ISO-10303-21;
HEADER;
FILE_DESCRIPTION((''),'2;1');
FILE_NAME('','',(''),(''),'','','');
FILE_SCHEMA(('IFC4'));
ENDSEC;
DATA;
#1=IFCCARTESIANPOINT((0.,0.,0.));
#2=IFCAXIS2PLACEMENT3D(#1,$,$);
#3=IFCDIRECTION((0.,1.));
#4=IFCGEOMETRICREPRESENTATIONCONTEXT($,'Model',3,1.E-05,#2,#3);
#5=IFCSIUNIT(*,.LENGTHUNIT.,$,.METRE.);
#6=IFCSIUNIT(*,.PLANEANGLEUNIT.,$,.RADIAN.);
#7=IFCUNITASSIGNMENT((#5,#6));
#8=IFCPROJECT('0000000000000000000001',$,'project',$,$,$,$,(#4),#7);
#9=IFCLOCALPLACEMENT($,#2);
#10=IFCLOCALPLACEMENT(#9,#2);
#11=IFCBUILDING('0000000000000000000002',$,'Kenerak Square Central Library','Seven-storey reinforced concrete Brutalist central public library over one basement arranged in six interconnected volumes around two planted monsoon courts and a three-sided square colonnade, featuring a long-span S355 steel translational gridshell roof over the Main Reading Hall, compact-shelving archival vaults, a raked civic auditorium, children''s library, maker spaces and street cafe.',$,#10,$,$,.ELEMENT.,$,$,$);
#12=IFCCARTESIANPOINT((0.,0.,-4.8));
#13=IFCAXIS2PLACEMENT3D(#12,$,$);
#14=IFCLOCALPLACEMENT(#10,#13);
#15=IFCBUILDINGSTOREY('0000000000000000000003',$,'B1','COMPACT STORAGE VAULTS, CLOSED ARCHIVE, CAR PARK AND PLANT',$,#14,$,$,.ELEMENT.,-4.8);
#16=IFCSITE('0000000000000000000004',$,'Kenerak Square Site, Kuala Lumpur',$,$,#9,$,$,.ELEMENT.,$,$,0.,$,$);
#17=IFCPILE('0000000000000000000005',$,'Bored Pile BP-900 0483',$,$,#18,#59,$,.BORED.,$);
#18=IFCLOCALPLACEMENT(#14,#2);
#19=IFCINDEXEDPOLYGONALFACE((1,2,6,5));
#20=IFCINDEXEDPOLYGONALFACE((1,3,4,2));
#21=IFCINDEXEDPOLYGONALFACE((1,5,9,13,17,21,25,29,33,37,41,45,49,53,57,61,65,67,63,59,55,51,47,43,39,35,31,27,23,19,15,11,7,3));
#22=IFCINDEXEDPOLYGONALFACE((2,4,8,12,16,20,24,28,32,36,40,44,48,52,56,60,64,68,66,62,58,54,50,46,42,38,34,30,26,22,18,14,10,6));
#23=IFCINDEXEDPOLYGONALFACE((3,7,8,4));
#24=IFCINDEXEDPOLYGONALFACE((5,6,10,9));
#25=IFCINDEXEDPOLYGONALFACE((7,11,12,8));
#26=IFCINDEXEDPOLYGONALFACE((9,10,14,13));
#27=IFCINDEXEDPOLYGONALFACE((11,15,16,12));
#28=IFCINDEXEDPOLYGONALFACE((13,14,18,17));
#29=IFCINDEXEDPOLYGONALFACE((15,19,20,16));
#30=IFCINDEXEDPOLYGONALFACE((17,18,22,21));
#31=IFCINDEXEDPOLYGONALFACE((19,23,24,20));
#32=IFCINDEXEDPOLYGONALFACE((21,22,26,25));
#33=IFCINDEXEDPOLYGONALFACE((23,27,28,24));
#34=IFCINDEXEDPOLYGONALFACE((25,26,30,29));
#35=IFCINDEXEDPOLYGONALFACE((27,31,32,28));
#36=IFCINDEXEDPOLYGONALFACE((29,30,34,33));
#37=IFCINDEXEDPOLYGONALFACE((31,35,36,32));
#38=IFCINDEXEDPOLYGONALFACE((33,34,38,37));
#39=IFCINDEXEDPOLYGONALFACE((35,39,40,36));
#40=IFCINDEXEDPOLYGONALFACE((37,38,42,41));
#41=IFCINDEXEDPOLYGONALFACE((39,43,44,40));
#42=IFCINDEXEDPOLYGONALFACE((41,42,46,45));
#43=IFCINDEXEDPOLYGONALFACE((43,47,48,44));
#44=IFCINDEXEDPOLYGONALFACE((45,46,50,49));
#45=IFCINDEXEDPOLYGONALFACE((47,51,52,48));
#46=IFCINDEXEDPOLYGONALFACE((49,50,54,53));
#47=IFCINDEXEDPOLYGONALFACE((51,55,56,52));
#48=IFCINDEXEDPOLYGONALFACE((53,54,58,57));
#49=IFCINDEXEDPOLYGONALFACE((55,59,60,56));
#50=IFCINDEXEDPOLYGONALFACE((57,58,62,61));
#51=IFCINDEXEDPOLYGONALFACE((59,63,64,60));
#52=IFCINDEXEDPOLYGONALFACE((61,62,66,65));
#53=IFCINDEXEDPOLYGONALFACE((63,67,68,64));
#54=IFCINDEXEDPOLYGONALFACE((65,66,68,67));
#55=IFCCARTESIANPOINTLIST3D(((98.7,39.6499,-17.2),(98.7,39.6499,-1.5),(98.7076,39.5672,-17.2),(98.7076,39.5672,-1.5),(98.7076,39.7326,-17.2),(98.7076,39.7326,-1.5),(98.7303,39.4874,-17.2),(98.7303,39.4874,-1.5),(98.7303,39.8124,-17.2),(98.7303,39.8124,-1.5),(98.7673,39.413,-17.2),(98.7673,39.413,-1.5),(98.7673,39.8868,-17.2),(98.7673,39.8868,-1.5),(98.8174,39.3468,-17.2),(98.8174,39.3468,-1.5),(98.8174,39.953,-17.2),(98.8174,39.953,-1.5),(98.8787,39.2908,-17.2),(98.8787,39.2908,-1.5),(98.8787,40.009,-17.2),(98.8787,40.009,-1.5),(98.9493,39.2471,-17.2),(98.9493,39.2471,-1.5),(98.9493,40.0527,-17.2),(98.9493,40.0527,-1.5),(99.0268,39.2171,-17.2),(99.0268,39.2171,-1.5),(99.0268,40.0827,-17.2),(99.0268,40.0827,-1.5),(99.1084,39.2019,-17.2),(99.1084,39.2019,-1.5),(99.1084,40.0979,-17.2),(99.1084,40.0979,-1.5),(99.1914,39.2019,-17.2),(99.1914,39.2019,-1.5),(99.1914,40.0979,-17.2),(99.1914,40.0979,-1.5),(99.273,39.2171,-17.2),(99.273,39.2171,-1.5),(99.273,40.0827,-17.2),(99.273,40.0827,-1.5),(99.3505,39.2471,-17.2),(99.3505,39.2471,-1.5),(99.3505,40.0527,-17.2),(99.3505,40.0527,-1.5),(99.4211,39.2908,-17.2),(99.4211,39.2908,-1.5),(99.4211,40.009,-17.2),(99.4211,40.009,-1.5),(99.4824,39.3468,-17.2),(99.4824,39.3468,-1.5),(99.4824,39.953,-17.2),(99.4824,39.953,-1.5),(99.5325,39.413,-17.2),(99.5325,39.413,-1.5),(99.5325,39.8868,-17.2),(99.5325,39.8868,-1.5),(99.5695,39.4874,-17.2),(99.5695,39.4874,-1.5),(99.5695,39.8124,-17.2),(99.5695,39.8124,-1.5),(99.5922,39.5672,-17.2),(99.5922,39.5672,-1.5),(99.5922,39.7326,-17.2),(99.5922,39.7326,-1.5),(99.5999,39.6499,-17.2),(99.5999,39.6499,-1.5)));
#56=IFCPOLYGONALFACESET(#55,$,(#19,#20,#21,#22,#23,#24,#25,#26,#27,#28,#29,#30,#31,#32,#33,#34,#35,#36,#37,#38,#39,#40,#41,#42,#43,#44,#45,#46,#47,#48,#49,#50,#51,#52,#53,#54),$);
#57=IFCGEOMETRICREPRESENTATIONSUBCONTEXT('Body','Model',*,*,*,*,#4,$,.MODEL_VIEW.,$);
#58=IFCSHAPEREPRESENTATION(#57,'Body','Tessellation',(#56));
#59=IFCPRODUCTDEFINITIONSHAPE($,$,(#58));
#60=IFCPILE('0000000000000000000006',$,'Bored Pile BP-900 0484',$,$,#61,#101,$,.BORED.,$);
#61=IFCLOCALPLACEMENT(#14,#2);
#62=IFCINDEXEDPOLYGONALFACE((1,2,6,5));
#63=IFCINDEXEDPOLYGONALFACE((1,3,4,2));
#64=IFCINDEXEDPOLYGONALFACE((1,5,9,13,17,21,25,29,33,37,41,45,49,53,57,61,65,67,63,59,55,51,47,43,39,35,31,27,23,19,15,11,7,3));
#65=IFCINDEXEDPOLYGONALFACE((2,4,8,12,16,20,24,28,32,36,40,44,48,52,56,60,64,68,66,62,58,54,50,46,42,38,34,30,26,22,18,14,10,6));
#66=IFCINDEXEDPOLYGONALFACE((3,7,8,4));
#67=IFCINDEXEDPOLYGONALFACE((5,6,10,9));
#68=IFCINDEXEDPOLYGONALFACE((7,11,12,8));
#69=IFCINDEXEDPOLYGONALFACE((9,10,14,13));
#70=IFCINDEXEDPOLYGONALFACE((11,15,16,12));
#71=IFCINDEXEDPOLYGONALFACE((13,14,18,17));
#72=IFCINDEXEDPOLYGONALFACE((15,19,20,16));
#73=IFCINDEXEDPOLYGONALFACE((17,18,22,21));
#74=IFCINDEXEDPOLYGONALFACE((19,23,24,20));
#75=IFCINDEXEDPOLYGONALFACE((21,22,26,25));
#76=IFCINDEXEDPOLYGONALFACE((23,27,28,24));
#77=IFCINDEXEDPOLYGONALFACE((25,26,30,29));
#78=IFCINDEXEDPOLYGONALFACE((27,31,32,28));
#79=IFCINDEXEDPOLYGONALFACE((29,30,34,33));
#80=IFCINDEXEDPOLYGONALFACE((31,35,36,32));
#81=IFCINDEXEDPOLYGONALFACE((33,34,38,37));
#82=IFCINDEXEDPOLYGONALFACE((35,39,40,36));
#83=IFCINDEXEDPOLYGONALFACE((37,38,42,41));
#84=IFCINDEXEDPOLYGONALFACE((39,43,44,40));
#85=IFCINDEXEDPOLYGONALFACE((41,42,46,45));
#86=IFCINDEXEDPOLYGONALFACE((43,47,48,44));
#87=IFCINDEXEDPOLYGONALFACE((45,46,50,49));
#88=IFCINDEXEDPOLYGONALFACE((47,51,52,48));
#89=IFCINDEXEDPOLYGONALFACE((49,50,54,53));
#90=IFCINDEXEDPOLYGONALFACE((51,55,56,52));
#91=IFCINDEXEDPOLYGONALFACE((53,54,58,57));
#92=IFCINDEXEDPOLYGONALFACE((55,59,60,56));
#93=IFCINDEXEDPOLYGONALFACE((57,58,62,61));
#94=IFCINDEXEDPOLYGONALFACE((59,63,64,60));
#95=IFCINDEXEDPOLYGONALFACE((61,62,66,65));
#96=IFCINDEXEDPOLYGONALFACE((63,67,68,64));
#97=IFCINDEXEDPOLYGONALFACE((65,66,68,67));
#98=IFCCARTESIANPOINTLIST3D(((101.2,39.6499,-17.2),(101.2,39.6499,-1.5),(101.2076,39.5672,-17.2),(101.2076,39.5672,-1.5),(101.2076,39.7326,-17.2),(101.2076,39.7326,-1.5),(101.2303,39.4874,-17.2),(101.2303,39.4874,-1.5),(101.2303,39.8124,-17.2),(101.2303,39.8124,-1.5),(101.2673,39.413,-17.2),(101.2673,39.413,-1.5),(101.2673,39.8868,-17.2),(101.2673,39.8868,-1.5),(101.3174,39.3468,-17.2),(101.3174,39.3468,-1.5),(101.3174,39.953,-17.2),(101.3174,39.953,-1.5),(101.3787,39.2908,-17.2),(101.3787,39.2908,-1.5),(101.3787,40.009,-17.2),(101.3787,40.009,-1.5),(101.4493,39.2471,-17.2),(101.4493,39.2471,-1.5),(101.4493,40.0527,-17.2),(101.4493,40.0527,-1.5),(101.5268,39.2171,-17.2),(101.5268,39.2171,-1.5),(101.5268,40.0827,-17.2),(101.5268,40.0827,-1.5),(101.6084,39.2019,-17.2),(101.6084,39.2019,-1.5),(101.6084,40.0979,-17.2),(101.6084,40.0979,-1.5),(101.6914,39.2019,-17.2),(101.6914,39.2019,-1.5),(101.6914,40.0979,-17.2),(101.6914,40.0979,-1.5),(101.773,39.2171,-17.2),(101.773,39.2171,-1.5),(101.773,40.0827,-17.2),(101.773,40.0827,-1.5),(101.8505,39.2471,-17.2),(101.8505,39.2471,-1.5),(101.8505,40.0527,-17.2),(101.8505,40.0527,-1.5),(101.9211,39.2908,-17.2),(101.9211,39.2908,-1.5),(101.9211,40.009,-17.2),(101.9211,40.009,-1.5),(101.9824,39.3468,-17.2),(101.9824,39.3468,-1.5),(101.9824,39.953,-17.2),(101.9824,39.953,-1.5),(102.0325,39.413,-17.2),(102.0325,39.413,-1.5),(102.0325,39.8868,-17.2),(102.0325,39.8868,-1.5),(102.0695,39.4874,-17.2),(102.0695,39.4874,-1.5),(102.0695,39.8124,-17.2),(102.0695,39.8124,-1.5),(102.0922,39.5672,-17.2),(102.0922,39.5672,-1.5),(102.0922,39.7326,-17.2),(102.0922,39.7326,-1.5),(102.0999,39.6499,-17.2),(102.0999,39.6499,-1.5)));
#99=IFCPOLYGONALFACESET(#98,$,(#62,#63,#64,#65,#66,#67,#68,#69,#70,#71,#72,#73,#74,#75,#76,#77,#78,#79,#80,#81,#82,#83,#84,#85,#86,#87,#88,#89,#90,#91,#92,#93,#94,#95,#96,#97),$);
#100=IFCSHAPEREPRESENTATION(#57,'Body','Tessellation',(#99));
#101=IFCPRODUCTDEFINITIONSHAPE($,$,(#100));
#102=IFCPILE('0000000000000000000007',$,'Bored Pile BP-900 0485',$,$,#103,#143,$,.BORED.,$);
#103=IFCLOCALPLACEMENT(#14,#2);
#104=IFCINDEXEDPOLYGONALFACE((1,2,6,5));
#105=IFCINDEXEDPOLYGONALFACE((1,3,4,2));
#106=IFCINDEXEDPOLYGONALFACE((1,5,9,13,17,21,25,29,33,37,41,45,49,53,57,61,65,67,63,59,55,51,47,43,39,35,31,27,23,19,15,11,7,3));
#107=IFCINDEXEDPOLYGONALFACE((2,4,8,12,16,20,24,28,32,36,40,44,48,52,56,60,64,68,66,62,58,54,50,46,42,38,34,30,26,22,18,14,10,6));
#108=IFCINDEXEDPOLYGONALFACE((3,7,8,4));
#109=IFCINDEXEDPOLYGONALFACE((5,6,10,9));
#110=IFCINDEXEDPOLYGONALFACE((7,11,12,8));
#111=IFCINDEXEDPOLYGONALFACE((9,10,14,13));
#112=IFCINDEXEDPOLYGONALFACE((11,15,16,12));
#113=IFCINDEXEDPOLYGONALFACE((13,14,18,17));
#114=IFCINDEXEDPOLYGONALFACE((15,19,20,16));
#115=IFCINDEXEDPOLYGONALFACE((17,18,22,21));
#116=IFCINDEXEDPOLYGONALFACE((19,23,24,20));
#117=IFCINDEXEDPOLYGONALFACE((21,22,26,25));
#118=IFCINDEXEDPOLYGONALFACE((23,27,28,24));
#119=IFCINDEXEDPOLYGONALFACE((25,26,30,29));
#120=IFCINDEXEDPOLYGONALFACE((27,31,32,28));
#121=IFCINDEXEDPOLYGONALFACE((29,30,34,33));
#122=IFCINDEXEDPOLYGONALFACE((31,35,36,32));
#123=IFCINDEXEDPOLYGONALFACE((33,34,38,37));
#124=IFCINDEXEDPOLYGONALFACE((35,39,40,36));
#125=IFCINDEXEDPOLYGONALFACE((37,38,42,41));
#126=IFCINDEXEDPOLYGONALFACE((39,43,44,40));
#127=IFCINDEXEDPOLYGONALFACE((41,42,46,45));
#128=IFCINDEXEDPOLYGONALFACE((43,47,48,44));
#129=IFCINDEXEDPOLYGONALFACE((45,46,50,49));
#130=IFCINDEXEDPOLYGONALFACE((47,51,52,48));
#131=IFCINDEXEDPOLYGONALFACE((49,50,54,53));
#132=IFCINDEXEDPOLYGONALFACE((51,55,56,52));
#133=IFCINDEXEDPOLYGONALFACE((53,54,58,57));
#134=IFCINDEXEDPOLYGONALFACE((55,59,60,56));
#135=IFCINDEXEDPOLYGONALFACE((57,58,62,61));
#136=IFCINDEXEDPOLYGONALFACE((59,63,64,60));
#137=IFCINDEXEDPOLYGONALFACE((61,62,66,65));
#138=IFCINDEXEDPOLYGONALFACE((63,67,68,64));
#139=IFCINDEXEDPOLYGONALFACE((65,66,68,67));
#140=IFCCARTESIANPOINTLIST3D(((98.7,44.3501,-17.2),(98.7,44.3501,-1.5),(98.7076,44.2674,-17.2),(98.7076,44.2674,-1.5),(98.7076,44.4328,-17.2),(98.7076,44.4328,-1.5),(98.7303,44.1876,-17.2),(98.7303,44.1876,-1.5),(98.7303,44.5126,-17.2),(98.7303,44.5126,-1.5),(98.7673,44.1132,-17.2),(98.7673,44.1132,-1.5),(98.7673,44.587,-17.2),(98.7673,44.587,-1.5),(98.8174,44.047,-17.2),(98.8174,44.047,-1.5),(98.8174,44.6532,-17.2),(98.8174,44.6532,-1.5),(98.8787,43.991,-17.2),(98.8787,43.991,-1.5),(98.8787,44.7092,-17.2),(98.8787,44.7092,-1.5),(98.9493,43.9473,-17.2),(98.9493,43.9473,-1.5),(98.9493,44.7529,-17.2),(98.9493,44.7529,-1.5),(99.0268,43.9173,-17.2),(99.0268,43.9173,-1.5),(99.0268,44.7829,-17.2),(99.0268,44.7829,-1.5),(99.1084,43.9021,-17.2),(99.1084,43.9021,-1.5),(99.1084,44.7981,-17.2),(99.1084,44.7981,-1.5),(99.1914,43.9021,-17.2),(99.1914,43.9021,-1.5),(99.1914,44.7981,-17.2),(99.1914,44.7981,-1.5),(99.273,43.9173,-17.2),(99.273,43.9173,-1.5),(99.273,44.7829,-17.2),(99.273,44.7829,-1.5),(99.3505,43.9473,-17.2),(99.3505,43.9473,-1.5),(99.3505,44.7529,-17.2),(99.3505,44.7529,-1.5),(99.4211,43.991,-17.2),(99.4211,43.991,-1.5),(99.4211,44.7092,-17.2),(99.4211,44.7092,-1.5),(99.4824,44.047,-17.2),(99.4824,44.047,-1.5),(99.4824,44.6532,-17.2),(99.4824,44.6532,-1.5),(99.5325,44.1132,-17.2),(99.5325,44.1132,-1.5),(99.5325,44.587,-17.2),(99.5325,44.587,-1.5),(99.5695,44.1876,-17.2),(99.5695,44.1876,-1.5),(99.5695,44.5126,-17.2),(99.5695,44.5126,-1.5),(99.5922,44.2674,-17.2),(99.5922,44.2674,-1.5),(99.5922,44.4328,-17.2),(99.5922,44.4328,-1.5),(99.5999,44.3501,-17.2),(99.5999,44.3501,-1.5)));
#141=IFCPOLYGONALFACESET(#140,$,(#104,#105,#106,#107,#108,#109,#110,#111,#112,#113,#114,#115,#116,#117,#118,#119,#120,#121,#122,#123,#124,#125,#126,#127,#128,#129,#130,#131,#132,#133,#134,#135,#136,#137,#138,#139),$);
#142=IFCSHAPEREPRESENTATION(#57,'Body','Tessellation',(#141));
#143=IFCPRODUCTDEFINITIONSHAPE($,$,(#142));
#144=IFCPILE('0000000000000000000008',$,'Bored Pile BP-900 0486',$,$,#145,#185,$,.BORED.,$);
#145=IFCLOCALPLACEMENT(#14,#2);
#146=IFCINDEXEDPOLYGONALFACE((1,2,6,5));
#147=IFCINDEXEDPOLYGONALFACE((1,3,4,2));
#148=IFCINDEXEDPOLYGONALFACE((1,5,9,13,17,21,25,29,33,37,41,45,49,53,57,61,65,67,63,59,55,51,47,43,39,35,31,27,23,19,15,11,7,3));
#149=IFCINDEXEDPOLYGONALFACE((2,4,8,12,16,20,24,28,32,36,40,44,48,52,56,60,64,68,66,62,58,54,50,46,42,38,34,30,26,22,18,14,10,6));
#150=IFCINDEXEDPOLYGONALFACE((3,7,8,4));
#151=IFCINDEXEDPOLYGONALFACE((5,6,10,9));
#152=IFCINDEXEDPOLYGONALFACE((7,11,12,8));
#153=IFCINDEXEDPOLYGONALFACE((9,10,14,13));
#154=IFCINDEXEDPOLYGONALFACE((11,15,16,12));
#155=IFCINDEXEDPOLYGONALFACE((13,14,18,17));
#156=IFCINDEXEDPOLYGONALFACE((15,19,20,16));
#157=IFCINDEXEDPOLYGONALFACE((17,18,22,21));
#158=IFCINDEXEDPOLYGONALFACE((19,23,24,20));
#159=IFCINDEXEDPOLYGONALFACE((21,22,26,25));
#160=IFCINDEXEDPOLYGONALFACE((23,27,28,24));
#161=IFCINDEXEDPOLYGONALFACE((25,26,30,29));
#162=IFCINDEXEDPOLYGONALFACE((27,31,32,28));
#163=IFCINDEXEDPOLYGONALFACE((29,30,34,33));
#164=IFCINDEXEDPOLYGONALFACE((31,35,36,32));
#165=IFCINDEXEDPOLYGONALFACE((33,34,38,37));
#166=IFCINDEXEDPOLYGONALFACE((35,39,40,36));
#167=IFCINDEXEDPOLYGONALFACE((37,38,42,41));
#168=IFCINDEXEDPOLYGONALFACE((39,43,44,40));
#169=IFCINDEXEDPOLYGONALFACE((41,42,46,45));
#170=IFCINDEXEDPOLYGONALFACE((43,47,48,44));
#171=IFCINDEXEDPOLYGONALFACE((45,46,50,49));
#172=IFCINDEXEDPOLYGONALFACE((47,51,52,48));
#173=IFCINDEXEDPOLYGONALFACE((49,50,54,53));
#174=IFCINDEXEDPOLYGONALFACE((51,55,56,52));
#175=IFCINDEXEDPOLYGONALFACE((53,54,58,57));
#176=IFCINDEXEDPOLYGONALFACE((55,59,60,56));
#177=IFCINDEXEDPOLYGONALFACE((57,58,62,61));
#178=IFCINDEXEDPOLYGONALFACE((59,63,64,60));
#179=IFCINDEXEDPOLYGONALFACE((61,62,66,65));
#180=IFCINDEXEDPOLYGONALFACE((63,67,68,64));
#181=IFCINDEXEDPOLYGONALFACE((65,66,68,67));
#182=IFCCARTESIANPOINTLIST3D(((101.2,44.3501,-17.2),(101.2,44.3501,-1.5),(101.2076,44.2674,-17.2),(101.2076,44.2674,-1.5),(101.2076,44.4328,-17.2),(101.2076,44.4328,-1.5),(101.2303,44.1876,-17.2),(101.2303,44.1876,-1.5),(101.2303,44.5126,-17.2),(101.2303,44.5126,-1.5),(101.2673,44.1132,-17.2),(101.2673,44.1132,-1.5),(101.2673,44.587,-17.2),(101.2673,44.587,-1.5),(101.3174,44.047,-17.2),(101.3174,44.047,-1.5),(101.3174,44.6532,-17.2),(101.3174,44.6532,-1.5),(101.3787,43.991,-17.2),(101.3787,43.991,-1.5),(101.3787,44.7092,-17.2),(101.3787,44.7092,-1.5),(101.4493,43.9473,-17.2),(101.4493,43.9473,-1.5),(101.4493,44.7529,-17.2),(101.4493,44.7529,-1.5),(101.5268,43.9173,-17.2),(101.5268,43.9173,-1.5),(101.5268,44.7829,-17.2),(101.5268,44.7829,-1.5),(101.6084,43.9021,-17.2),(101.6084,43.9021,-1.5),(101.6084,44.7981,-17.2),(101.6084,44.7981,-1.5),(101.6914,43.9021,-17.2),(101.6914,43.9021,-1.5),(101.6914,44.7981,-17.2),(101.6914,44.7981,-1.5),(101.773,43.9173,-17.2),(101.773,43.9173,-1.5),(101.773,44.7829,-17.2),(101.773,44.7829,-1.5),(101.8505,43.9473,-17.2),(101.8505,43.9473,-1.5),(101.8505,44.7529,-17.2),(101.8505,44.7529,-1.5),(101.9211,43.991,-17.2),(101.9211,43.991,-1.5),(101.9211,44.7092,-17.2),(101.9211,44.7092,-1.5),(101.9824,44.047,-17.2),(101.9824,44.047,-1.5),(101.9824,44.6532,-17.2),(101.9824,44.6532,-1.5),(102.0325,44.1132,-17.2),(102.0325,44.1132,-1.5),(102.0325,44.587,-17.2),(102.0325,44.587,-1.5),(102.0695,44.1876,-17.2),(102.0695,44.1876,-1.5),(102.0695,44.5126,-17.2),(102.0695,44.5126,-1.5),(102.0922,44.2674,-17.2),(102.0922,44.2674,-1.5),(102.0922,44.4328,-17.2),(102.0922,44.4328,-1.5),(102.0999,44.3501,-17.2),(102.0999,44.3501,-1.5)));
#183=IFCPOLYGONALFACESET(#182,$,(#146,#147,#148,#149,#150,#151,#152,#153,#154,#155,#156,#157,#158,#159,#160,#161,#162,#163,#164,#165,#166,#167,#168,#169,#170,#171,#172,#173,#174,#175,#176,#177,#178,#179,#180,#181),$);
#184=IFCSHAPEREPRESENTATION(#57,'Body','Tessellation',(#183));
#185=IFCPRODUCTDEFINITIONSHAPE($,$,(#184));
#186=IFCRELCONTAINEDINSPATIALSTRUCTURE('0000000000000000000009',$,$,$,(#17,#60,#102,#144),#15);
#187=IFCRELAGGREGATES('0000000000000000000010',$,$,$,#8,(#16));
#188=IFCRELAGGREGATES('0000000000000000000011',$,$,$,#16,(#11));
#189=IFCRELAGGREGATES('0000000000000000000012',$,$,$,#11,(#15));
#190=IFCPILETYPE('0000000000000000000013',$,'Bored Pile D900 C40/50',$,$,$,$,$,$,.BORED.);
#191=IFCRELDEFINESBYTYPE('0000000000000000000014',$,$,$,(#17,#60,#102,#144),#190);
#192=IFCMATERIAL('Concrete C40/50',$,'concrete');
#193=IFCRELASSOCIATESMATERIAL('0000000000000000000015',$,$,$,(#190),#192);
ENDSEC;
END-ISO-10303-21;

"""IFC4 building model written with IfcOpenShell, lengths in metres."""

from ifc_helpers import new_model, si_unit, direction, frame, origin, origin_2d, place, context, subcontext, project, spatial, circle, extrude, material, material_profile, profile_set, type_object, element, save


model = new_model("IFC4")

# Units and contexts
model_context = context("Model", 3, precision=1e-05, world=origin(), true_north=direction((0.0, 1.0)))
body_context = subcontext(model_context, "Body", "Model", "MODEL_VIEW")
ifc_project = project(units=[si_unit("LENGTHUNIT", "METRE"), si_unit("PLANEANGLEUNIT", "RADIAN")], contexts=[model_context])

# Site, building, storey
site_placement = place(None, origin())
site = spatial("IfcSite", under=ifc_project, at=site_placement, Name="Kenerak Square Site, Kuala Lumpur", CompositionType="ELEMENT", RefElevation=0.0)
building_placement = place(site_placement, origin())
building = spatial("IfcBuilding", under=site, at=building_placement, Name="Kenerak Square Central Library", Description="Seven-storey reinforced concrete Brutalist central public library over one basement arranged in six interconnected volumes around two planted monsoon courts and a three-sided square colonnade, featuring a long-span S355 steel translational gridshell roof over the Main Reading Hall, compact-shelving archival vaults, a raked civic auditorium, children's library, maker spaces and street cafe.", CompositionType="ELEMENT")
storey_placement = place(building_placement, frame((0.0, 0.0, -4.8)))
storey = spatial("IfcBuildingStorey", under=building, at=storey_placement, Name="B1", Description="COMPACT STORAGE VAULTS, CLOSED ARCHIVE, CAR PARK AND PLANT", CompositionType="ELEMENT", Elevation=-4.8)

# Piles
ifc_material_1 = material(Name="Concrete C40/50", Category="concrete")
ifc_material_profile_1 = material_profile(ifc_material_1, circle(Radius=0.45, at=origin_2d()), Name="BP D900")
ifc_profile_set_1 = profile_set([ifc_material_profile_1], Name="Concrete C40/50")
pile_type = type_object("IfcPileType", Name="Bored Pile D900 C40/50", PredefinedType="BORED", material=ifc_profile_set_1)
for number, where, z_axis, x_axis, name in (
    (1, (99.1499, 39.6499, -1.5), (0.0, 0.0, -1.0), (1.0, 0.0, 0.0), "Bored Pile BP-900 0483"),
    (2, (101.6499, 39.6499, -1.5), (0.0, 0.0, -1.0), (1.0, 0.0, 0.0), "Bored Pile BP-900 0484"),
    (3, (99.1499, 44.3501, -1.5), (0.0, 0.0, -1.0), (1.0, 0.0, 0.0), "Bored Pile BP-900 0485"),
    (4, (101.6499, 44.3501, -1.5), (0.0, 0.0, -1.0), (1.0, 0.0, 0.0), "Bored Pile BP-900 0486"),
):
    element("IfcPile", number, at=place(storey_placement, frame(where, z_axis=z_axis, x_axis=x_axis)), inside=storey, type_object=pile_type, Name=name, PredefinedType="BORED", context=body_context, shape_type="SweptSolid", body=[
        extrude(circle(Radius=0.45, at=origin_2d()), origin(), (0.0, 0.0, 1.0), 15.7),
    ])

save(model, "model.ifc")
